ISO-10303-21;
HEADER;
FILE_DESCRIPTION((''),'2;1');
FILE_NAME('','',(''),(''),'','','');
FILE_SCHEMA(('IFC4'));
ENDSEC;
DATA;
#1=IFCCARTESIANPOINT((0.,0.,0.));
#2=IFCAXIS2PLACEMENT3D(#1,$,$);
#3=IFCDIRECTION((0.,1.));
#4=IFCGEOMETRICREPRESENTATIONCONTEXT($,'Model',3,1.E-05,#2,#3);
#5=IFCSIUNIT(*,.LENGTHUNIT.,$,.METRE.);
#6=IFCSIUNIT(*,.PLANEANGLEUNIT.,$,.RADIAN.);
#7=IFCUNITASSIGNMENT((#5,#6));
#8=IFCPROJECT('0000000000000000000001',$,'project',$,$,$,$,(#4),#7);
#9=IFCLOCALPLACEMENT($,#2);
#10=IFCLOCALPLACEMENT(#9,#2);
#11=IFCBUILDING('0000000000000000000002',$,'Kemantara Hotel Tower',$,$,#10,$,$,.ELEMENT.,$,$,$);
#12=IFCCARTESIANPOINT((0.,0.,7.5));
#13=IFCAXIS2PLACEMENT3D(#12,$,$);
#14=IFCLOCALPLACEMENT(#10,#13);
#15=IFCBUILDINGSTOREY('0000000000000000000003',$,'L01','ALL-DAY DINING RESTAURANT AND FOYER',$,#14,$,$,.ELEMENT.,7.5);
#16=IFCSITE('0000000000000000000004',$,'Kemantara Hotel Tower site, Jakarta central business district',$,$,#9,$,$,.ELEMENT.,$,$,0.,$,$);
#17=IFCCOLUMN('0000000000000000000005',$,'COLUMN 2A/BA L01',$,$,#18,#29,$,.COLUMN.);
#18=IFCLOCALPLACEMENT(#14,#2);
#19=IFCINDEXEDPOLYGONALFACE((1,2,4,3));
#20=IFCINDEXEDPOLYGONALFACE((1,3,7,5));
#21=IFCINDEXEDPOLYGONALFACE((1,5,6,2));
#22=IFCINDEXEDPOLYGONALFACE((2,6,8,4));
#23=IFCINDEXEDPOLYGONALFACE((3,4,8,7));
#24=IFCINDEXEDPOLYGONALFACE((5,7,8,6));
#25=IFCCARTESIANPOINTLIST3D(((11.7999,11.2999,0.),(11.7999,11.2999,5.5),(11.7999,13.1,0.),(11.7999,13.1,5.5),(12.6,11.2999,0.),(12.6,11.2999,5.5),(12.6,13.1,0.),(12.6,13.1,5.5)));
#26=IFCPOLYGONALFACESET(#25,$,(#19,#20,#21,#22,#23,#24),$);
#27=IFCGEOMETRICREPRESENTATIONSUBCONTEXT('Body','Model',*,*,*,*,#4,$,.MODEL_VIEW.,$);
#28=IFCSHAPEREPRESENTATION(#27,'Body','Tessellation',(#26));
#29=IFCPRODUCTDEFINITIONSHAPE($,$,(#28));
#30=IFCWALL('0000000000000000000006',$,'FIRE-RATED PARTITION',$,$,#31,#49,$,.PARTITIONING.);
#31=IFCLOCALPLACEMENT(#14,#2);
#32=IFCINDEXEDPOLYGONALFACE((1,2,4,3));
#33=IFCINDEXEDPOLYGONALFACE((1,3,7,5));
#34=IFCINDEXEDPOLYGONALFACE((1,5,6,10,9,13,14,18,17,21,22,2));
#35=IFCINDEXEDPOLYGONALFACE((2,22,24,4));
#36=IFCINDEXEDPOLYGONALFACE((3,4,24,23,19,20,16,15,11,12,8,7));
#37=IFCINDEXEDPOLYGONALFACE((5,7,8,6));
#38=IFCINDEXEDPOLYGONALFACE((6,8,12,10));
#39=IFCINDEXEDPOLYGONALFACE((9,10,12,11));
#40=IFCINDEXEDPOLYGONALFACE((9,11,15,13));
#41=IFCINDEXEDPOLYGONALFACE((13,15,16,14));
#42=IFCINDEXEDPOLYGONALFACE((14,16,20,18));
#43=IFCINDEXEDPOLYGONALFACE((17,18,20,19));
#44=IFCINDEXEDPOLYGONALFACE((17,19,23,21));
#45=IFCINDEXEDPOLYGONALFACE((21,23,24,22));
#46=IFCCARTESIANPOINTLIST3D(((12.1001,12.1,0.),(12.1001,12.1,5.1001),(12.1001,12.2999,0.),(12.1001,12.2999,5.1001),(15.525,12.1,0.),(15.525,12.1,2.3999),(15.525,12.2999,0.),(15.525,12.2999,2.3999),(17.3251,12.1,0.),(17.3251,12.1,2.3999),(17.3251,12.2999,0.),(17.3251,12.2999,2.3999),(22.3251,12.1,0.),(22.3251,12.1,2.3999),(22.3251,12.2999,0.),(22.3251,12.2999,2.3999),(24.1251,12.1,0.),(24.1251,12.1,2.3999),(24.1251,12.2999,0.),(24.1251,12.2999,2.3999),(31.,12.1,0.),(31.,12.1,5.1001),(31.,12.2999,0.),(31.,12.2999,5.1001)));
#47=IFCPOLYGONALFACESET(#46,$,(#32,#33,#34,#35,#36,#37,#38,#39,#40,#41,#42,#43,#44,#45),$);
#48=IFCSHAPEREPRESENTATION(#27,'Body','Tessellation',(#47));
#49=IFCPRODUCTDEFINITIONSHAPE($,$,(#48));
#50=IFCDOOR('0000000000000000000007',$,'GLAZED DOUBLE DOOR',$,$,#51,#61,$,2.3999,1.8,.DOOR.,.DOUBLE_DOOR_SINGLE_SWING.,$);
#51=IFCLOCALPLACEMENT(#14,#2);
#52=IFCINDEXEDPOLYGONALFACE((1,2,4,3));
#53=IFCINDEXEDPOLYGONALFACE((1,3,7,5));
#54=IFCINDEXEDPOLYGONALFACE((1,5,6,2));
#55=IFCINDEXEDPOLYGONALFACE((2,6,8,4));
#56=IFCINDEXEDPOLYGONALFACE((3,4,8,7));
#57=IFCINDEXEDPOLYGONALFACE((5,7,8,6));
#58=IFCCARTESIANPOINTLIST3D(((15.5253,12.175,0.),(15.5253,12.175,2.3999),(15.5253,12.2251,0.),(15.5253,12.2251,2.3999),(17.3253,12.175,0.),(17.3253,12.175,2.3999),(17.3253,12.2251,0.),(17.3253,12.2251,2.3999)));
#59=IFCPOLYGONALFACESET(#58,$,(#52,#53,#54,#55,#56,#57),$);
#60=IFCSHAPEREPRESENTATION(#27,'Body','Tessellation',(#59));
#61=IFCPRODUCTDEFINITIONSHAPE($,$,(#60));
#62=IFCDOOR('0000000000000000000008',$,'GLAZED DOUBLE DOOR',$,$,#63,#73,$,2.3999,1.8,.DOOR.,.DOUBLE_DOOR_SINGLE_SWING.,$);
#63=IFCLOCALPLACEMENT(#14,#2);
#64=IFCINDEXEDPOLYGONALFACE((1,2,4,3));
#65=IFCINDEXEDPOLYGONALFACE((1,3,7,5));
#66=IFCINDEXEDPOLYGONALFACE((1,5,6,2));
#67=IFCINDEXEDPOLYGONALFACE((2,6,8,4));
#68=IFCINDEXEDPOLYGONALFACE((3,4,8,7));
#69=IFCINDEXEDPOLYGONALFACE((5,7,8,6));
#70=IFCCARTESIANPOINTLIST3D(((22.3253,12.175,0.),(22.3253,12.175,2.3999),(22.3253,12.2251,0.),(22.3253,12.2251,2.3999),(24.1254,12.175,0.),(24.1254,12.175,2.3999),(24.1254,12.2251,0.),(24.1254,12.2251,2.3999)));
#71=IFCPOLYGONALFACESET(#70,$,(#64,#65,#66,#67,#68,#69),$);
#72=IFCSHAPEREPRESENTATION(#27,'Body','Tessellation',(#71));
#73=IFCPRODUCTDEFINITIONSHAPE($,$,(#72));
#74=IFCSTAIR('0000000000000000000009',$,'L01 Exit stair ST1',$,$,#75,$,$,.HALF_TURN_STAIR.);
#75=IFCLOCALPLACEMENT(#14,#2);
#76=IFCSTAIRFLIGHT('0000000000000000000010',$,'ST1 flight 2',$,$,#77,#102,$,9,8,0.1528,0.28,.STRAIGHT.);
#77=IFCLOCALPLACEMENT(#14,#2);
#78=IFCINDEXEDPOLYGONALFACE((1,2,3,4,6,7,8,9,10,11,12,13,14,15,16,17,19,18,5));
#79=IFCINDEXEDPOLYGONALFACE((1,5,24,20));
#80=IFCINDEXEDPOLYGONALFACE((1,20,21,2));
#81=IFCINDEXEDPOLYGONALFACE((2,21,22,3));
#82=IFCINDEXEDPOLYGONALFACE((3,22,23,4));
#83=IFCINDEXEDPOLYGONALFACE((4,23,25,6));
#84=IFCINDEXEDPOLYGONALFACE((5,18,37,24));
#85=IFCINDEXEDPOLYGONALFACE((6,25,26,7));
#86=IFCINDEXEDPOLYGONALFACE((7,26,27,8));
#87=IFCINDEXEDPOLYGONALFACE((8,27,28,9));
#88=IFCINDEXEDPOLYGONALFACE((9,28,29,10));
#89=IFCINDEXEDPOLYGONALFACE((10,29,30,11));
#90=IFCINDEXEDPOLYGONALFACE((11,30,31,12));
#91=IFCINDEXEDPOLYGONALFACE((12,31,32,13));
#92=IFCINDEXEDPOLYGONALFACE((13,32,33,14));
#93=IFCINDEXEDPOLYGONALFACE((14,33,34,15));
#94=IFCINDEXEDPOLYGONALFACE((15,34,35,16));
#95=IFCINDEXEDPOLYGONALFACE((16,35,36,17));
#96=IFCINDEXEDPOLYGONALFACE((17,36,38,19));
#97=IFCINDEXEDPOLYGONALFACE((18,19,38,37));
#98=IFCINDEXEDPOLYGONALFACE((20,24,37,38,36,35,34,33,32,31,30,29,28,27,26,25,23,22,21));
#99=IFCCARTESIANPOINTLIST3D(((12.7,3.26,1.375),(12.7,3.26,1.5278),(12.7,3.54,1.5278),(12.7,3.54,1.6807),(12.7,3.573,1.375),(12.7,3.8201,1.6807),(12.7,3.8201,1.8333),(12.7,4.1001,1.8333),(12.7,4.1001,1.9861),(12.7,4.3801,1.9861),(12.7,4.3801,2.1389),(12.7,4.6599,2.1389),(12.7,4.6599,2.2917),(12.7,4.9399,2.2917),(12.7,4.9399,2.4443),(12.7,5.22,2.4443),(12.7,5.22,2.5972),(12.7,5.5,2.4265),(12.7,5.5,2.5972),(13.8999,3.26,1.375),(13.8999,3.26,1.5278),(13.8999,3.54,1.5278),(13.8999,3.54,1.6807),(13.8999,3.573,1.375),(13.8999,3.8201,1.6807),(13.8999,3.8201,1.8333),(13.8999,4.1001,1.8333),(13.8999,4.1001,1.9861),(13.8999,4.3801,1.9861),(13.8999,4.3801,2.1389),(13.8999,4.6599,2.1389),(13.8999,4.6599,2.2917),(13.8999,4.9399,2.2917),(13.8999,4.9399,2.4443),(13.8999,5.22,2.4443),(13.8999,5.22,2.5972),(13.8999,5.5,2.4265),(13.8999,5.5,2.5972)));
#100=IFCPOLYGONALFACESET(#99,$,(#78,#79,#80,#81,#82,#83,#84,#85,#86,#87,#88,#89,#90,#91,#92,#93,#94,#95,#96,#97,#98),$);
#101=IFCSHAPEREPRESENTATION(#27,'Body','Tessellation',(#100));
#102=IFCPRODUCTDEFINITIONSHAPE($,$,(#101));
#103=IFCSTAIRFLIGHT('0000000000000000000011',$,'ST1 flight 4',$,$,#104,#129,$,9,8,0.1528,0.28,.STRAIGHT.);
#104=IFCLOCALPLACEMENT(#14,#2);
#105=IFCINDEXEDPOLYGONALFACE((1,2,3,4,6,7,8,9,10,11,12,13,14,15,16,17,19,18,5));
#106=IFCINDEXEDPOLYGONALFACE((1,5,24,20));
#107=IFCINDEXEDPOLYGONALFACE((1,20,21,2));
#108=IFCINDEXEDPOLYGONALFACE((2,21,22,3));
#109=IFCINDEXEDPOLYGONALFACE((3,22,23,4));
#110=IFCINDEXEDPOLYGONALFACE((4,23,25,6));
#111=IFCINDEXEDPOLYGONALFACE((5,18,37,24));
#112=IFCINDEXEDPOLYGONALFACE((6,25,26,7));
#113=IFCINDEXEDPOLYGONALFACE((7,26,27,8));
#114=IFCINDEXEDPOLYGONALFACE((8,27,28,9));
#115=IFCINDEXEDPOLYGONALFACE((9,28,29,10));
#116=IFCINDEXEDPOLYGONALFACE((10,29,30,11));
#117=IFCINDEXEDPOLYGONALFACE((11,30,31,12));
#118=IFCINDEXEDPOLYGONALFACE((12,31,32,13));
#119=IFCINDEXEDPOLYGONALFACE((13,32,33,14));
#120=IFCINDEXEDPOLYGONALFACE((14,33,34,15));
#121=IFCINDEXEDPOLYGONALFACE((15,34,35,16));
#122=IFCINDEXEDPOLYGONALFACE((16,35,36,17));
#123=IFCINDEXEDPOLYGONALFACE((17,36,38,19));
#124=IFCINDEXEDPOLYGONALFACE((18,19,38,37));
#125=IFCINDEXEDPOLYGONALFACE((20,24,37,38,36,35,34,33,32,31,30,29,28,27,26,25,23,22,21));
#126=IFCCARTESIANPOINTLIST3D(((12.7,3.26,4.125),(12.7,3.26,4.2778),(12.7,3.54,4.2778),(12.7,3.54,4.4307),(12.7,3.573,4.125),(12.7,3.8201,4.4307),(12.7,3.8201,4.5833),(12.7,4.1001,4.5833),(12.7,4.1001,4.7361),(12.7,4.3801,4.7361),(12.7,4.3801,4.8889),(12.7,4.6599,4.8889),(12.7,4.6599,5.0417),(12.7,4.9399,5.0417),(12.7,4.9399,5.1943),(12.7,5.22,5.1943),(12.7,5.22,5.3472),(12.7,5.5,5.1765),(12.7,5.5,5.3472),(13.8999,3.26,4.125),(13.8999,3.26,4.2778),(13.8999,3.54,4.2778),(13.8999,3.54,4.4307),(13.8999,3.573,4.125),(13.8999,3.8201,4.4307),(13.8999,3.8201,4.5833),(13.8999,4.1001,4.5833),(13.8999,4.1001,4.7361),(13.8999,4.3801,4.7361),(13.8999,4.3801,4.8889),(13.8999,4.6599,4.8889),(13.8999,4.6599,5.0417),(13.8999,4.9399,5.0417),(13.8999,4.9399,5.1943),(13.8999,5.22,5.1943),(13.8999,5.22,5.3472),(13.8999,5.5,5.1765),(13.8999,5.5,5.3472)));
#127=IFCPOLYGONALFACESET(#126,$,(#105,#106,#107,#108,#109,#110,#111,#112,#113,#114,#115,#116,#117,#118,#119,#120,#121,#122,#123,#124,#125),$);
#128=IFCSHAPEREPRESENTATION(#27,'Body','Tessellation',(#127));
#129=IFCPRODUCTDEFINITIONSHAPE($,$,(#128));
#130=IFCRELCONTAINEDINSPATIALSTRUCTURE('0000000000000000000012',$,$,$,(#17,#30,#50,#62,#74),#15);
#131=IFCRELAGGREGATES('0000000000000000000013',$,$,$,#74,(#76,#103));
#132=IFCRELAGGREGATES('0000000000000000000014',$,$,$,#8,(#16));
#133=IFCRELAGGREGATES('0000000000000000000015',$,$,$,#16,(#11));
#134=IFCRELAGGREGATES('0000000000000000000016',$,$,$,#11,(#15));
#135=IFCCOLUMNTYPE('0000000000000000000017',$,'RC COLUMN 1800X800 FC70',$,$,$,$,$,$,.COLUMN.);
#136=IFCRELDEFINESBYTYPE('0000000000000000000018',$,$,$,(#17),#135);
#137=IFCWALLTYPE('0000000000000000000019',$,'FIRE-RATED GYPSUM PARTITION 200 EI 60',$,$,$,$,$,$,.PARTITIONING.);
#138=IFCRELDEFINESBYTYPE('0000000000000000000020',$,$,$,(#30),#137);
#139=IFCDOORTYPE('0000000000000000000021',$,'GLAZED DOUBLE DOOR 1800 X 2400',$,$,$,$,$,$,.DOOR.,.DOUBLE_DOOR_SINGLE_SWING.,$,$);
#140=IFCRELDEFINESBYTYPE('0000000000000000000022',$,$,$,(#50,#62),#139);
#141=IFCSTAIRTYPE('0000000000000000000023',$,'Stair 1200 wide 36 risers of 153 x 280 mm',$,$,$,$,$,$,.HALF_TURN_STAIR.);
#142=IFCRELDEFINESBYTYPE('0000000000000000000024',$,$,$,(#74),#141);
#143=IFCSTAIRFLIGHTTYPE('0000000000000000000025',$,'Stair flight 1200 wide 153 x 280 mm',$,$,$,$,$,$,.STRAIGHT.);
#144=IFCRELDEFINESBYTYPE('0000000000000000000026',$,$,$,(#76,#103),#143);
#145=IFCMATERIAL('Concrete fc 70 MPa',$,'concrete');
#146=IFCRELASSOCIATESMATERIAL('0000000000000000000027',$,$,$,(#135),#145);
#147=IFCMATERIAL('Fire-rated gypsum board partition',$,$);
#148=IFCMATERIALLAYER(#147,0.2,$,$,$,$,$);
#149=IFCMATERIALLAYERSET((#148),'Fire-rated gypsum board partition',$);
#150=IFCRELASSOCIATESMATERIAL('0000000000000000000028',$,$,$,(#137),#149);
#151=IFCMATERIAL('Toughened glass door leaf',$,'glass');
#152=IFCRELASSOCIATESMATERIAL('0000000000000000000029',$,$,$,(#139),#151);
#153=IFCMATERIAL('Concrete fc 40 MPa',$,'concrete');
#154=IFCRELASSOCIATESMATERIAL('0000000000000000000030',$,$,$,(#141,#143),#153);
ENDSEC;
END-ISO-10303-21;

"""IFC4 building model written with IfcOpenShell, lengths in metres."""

from ifc_helpers import new_model, si_unit, direction, frame, frame_2d, origin, origin_2d, place, context, subcontext, project, spatial, polyline, rectangle, outline, extrude, material, layer, layer_set, material_profile, profile_set, type_object, element, fill, aggregate, save


model = new_model("IFC4")

# Units and contexts
model_context = context("Model", 3, precision=1e-05, world=origin(), true_north=direction((0.0, 1.0)))
body_context = subcontext(model_context, "Body", "Model", "MODEL_VIEW")
ifc_project = project(units=[si_unit("LENGTHUNIT", "METRE"), si_unit("PLANEANGLEUNIT", "RADIAN")], contexts=[model_context])

# Site, building, storey
site_placement = place(None, origin())
site = spatial("IfcSite", under=ifc_project, at=site_placement, Name="Kemantara Hotel Tower site, Jakarta central business district", CompositionType="ELEMENT", RefElevation=0.0)
building_placement = place(site_placement, origin())
building = spatial("IfcBuilding", under=site, at=building_placement, Name="Kemantara Hotel Tower", CompositionType="ELEMENT")
storey_placement = place(building_placement, frame((0.0, 0.0, 7.5)))
storey = spatial("IfcBuildingStorey", under=building, at=storey_placement, Name="L01", Description="ALL-DAY DINING RESTAURANT AND FOYER", CompositionType="ELEMENT", Elevation=7.5)

# Column
ifc_material_1 = material(Name="Concrete fc 70 MPa", Category="concrete")
ifc_material_profile = material_profile(ifc_material_1, rectangle(XDim=1.8, YDim=0.8, at=origin_2d()), Name="RC 1800X800")
ifc_profile_set = profile_set([ifc_material_profile], Name="Concrete fc 70 MPa")
column_type = type_object("IfcColumnType", Name="RC COLUMN 1800X800 FC70", PredefinedType="COLUMN", material=ifc_profile_set)
column_placement = place(storey_placement, frame((12.2, 12.2, 0.0), z_axis=(0.0, 0.0, 1.0), x_axis=(0.0, 1.0, 0.0)))
element("IfcColumn", 1, at=column_placement, inside=storey, type_object=column_type, Name="COLUMN 2A/BA L01", PredefinedType="COLUMN", context=body_context, shape_type="SweptSolid", body=[
    extrude(rectangle(XDim=1.8, YDim=0.8, at=origin_2d()), origin(), (0.0, 0.0, 1.0), 5.5),
])

# Wall, openings, doors
ifc_material_2 = material(Name="Fire-rated gypsum board partition")
ifc_layer = layer(ifc_material_2, 0.2)
ifc_layer_set = layer_set([ifc_layer], Name="Fire-rated gypsum board partition")
wall_type = type_object("IfcWallType", Name="FIRE-RATED GYPSUM PARTITION 200 EI 60", PredefinedType="PARTITIONING", material=ifc_layer_set)
wall_placement = place(storey_placement, frame((12.1001, 12.2, 0.0), z_axis=(0.0, 0.0, 1.0), x_axis=(1.0, 0.0, 0.0)))
wall = element("IfcWall", 2, at=wall_placement, inside=storey, type_object=wall_type, Name="FIRE-RATED PARTITION", PredefinedType="PARTITIONING", context=body_context, shape_type="SweptSolid", body=[
    extrude(rectangle(XDim=18.8999, YDim=0.2, at=frame_2d((9.45, 0.0))), origin(), (0.0, 0.0, 1.0), 5.1001),
])
opening_1_placement = place(wall_placement, frame((3.425, 0.0, 0.0)))
opening_1 = element("IfcOpeningElement", 3, at=opening_1_placement, cuts=wall, PredefinedType="OPENING", context=body_context, shape_type="SweptSolid", body=[
    extrude(rectangle(XDim=1.8, YDim=2.3999, at=frame_2d((0.8999, 1.2))), frame((0.0, 0.1099, 0.0), z_axis=(0.0, -1.0, 0.0), x_axis=(1.0, 0.0, 0.0)), (0.0, 0.0, 1.0), 0.22),
])
opening_2_placement = place(wall_placement, frame((10.2251, 0.0, 0.0)))
opening_2 = element("IfcOpeningElement", 4, at=opening_2_placement, cuts=wall, PredefinedType="OPENING", context=body_context, shape_type="SweptSolid", body=[
    extrude(rectangle(XDim=1.8, YDim=2.3999, at=frame_2d((0.8999, 1.2))), frame((0.0, 0.1099, 0.0), z_axis=(0.0, -1.0, 0.0), x_axis=(1.0, 0.0, 0.0)), (0.0, 0.0, 1.0), 0.22),
])
ifc_material_3 = material(Name="Toughened glass door leaf", Category="glass")
door_type = type_object("IfcDoorType", Name="GLAZED DOUBLE DOOR 1800 X 2400", OperationType="DOUBLE_DOOR_SINGLE_SWING", PredefinedType="DOOR", material=ifc_material_3)
door_1_placement = place(opening_1_placement, frame((1.8, 0.0, 0.0), z_axis=(0.0, 0.0, 1.0), x_axis=(-1.0, 0.0, 0.0)))
door_1 = element("IfcDoor", 5, at=door_1_placement, inside=storey, type_object=door_type, Name="GLAZED DOUBLE DOOR", OperationType="DOUBLE_DOOR_SINGLE_SWING", OverallHeight=2.3999, OverallWidth=1.8, PredefinedType="DOOR", context=body_context, shape_type="SweptSolid", body=[
    extrude(rectangle(XDim=1.8, YDim=2.3999, at=frame_2d((0.8999, 1.2))), frame((0.0, 0.0249, 0.0), z_axis=(0.0, -1.0, 0.0), x_axis=(1.0, 0.0, 0.0)), (0.0, 0.0, 1.0), 0.05),
])
fill(opening_1, door_1)
door_2_placement = place(opening_2_placement, frame((1.8, 0.0, 0.0), z_axis=(0.0, 0.0, 1.0), x_axis=(-1.0, 0.0, 0.0)))
door_2 = element("IfcDoor", 6, at=door_2_placement, inside=storey, type_object=door_type, Name="GLAZED DOUBLE DOOR", OperationType="DOUBLE_DOOR_SINGLE_SWING", OverallHeight=2.3999, OverallWidth=1.8, PredefinedType="DOOR", context=body_context, shape_type="SweptSolid", body=[
    extrude(rectangle(XDim=1.8, YDim=2.3999, at=frame_2d((0.8999, 1.2))), frame((0.0, 0.0249, 0.0), z_axis=(0.0, -1.0, 0.0), x_axis=(1.0, 0.0, 0.0)), (0.0, 0.0, 1.0), 0.05),
])
fill(opening_2, door_2)

# Stair, stair flights
ifc_material_4 = material(Name="Concrete fc 40 MPa", Category="concrete")
stair_type = type_object("IfcStairType", Name="Stair 1200 wide 36 risers of 153 x 280 mm", PredefinedType="HALF_TURN_STAIR", material=ifc_material_4)
stair_placement = place(storey_placement, origin())
stair = element("IfcStair", 7, at=stair_placement, inside=storey, type_object=stair_type, Name="L01 Exit stair ST1", PredefinedType="HALF_TURN_STAIR")
stair_flight_type = type_object("IfcStairFlightType", Name="Stair flight 1200 wide 153 x 280 mm", PredefinedType="STRAIGHT", material=ifc_material_4)
stair_flight_1_placement = place(storey_placement, frame((13.3, 3.26, 1.375), z_axis=(0.0, 0.0, 1.0), x_axis=(0.0, 1.0, 0.0)))
stair_flight_1 = element("IfcStairFlight", 8, at=stair_flight_1_placement, type_object=stair_flight_type, Name="ST1 flight 2", NumberOfRisers=9, NumberOfTreads=8, PredefinedType="STRAIGHT", RiserHeight=0.1528, TreadLength=0.28, context=body_context, shape_type="SweptSolid", body=[
    extrude(outline(polyline([(0.0, 0.0), (0.0, 0.1528), (0.28, 0.1528), (0.28, 0.3057), (0.5601, 0.3057), (0.5601, 0.4583), (0.8401, 0.4583), (0.8401, 0.6111), (1.1201, 0.6111), (1.1201, 0.7639), (1.3999, 0.7639), (1.3999, 0.9167), (1.6799, 0.9167), (1.6799, 1.0693), (1.96, 1.0693), (1.96, 1.2222), (2.24, 1.2222), (2.24, 1.375), (2.24, 1.0515), (0.313, 0.0), (0.0, 0.0)])), frame((0.0, 0.6001, 0.0), z_axis=(0.0, -1.0, 0.0), x_axis=(1.0, 0.0, 0.0)), (0.0, 0.0, 1.0), 1.2),
])
stair_flight_2_placement = place(storey_placement, frame((13.3, 3.26, 4.125), z_axis=(0.0, 0.0, 1.0), x_axis=(0.0, 1.0, 0.0)))
stair_flight_2 = element("IfcStairFlight", 9, at=stair_flight_2_placement, type_object=stair_flight_type, Name="ST1 flight 4", NumberOfRisers=9, NumberOfTreads=8, PredefinedType="STRAIGHT", RiserHeight=0.1528, TreadLength=0.28, context=body_context, shape_type="SweptSolid", body=[
    extrude(outline(polyline([(0.0, 0.0), (0.0, 0.1528), (0.28, 0.1528), (0.28, 0.3057), (0.5601, 0.3057), (0.5601, 0.4583), (0.8401, 0.4583), (0.8401, 0.6111), (1.1201, 0.6111), (1.1201, 0.7639), (1.3999, 0.7639), (1.3999, 0.9167), (1.6799, 0.9167), (1.6799, 1.0693), (1.96, 1.0693), (1.96, 1.2222), (2.24, 1.2222), (2.24, 1.375), (2.24, 1.0515), (0.313, 0.0), (0.0, 0.0)])), frame((0.0, 0.6001, 0.0), z_axis=(0.0, -1.0, 0.0), x_axis=(1.0, 0.0, 0.0)), (0.0, 0.0, 1.0), 1.2),
])
aggregate(stair, [stair_flight_1, stair_flight_2])

save(model, "model.ifc")
